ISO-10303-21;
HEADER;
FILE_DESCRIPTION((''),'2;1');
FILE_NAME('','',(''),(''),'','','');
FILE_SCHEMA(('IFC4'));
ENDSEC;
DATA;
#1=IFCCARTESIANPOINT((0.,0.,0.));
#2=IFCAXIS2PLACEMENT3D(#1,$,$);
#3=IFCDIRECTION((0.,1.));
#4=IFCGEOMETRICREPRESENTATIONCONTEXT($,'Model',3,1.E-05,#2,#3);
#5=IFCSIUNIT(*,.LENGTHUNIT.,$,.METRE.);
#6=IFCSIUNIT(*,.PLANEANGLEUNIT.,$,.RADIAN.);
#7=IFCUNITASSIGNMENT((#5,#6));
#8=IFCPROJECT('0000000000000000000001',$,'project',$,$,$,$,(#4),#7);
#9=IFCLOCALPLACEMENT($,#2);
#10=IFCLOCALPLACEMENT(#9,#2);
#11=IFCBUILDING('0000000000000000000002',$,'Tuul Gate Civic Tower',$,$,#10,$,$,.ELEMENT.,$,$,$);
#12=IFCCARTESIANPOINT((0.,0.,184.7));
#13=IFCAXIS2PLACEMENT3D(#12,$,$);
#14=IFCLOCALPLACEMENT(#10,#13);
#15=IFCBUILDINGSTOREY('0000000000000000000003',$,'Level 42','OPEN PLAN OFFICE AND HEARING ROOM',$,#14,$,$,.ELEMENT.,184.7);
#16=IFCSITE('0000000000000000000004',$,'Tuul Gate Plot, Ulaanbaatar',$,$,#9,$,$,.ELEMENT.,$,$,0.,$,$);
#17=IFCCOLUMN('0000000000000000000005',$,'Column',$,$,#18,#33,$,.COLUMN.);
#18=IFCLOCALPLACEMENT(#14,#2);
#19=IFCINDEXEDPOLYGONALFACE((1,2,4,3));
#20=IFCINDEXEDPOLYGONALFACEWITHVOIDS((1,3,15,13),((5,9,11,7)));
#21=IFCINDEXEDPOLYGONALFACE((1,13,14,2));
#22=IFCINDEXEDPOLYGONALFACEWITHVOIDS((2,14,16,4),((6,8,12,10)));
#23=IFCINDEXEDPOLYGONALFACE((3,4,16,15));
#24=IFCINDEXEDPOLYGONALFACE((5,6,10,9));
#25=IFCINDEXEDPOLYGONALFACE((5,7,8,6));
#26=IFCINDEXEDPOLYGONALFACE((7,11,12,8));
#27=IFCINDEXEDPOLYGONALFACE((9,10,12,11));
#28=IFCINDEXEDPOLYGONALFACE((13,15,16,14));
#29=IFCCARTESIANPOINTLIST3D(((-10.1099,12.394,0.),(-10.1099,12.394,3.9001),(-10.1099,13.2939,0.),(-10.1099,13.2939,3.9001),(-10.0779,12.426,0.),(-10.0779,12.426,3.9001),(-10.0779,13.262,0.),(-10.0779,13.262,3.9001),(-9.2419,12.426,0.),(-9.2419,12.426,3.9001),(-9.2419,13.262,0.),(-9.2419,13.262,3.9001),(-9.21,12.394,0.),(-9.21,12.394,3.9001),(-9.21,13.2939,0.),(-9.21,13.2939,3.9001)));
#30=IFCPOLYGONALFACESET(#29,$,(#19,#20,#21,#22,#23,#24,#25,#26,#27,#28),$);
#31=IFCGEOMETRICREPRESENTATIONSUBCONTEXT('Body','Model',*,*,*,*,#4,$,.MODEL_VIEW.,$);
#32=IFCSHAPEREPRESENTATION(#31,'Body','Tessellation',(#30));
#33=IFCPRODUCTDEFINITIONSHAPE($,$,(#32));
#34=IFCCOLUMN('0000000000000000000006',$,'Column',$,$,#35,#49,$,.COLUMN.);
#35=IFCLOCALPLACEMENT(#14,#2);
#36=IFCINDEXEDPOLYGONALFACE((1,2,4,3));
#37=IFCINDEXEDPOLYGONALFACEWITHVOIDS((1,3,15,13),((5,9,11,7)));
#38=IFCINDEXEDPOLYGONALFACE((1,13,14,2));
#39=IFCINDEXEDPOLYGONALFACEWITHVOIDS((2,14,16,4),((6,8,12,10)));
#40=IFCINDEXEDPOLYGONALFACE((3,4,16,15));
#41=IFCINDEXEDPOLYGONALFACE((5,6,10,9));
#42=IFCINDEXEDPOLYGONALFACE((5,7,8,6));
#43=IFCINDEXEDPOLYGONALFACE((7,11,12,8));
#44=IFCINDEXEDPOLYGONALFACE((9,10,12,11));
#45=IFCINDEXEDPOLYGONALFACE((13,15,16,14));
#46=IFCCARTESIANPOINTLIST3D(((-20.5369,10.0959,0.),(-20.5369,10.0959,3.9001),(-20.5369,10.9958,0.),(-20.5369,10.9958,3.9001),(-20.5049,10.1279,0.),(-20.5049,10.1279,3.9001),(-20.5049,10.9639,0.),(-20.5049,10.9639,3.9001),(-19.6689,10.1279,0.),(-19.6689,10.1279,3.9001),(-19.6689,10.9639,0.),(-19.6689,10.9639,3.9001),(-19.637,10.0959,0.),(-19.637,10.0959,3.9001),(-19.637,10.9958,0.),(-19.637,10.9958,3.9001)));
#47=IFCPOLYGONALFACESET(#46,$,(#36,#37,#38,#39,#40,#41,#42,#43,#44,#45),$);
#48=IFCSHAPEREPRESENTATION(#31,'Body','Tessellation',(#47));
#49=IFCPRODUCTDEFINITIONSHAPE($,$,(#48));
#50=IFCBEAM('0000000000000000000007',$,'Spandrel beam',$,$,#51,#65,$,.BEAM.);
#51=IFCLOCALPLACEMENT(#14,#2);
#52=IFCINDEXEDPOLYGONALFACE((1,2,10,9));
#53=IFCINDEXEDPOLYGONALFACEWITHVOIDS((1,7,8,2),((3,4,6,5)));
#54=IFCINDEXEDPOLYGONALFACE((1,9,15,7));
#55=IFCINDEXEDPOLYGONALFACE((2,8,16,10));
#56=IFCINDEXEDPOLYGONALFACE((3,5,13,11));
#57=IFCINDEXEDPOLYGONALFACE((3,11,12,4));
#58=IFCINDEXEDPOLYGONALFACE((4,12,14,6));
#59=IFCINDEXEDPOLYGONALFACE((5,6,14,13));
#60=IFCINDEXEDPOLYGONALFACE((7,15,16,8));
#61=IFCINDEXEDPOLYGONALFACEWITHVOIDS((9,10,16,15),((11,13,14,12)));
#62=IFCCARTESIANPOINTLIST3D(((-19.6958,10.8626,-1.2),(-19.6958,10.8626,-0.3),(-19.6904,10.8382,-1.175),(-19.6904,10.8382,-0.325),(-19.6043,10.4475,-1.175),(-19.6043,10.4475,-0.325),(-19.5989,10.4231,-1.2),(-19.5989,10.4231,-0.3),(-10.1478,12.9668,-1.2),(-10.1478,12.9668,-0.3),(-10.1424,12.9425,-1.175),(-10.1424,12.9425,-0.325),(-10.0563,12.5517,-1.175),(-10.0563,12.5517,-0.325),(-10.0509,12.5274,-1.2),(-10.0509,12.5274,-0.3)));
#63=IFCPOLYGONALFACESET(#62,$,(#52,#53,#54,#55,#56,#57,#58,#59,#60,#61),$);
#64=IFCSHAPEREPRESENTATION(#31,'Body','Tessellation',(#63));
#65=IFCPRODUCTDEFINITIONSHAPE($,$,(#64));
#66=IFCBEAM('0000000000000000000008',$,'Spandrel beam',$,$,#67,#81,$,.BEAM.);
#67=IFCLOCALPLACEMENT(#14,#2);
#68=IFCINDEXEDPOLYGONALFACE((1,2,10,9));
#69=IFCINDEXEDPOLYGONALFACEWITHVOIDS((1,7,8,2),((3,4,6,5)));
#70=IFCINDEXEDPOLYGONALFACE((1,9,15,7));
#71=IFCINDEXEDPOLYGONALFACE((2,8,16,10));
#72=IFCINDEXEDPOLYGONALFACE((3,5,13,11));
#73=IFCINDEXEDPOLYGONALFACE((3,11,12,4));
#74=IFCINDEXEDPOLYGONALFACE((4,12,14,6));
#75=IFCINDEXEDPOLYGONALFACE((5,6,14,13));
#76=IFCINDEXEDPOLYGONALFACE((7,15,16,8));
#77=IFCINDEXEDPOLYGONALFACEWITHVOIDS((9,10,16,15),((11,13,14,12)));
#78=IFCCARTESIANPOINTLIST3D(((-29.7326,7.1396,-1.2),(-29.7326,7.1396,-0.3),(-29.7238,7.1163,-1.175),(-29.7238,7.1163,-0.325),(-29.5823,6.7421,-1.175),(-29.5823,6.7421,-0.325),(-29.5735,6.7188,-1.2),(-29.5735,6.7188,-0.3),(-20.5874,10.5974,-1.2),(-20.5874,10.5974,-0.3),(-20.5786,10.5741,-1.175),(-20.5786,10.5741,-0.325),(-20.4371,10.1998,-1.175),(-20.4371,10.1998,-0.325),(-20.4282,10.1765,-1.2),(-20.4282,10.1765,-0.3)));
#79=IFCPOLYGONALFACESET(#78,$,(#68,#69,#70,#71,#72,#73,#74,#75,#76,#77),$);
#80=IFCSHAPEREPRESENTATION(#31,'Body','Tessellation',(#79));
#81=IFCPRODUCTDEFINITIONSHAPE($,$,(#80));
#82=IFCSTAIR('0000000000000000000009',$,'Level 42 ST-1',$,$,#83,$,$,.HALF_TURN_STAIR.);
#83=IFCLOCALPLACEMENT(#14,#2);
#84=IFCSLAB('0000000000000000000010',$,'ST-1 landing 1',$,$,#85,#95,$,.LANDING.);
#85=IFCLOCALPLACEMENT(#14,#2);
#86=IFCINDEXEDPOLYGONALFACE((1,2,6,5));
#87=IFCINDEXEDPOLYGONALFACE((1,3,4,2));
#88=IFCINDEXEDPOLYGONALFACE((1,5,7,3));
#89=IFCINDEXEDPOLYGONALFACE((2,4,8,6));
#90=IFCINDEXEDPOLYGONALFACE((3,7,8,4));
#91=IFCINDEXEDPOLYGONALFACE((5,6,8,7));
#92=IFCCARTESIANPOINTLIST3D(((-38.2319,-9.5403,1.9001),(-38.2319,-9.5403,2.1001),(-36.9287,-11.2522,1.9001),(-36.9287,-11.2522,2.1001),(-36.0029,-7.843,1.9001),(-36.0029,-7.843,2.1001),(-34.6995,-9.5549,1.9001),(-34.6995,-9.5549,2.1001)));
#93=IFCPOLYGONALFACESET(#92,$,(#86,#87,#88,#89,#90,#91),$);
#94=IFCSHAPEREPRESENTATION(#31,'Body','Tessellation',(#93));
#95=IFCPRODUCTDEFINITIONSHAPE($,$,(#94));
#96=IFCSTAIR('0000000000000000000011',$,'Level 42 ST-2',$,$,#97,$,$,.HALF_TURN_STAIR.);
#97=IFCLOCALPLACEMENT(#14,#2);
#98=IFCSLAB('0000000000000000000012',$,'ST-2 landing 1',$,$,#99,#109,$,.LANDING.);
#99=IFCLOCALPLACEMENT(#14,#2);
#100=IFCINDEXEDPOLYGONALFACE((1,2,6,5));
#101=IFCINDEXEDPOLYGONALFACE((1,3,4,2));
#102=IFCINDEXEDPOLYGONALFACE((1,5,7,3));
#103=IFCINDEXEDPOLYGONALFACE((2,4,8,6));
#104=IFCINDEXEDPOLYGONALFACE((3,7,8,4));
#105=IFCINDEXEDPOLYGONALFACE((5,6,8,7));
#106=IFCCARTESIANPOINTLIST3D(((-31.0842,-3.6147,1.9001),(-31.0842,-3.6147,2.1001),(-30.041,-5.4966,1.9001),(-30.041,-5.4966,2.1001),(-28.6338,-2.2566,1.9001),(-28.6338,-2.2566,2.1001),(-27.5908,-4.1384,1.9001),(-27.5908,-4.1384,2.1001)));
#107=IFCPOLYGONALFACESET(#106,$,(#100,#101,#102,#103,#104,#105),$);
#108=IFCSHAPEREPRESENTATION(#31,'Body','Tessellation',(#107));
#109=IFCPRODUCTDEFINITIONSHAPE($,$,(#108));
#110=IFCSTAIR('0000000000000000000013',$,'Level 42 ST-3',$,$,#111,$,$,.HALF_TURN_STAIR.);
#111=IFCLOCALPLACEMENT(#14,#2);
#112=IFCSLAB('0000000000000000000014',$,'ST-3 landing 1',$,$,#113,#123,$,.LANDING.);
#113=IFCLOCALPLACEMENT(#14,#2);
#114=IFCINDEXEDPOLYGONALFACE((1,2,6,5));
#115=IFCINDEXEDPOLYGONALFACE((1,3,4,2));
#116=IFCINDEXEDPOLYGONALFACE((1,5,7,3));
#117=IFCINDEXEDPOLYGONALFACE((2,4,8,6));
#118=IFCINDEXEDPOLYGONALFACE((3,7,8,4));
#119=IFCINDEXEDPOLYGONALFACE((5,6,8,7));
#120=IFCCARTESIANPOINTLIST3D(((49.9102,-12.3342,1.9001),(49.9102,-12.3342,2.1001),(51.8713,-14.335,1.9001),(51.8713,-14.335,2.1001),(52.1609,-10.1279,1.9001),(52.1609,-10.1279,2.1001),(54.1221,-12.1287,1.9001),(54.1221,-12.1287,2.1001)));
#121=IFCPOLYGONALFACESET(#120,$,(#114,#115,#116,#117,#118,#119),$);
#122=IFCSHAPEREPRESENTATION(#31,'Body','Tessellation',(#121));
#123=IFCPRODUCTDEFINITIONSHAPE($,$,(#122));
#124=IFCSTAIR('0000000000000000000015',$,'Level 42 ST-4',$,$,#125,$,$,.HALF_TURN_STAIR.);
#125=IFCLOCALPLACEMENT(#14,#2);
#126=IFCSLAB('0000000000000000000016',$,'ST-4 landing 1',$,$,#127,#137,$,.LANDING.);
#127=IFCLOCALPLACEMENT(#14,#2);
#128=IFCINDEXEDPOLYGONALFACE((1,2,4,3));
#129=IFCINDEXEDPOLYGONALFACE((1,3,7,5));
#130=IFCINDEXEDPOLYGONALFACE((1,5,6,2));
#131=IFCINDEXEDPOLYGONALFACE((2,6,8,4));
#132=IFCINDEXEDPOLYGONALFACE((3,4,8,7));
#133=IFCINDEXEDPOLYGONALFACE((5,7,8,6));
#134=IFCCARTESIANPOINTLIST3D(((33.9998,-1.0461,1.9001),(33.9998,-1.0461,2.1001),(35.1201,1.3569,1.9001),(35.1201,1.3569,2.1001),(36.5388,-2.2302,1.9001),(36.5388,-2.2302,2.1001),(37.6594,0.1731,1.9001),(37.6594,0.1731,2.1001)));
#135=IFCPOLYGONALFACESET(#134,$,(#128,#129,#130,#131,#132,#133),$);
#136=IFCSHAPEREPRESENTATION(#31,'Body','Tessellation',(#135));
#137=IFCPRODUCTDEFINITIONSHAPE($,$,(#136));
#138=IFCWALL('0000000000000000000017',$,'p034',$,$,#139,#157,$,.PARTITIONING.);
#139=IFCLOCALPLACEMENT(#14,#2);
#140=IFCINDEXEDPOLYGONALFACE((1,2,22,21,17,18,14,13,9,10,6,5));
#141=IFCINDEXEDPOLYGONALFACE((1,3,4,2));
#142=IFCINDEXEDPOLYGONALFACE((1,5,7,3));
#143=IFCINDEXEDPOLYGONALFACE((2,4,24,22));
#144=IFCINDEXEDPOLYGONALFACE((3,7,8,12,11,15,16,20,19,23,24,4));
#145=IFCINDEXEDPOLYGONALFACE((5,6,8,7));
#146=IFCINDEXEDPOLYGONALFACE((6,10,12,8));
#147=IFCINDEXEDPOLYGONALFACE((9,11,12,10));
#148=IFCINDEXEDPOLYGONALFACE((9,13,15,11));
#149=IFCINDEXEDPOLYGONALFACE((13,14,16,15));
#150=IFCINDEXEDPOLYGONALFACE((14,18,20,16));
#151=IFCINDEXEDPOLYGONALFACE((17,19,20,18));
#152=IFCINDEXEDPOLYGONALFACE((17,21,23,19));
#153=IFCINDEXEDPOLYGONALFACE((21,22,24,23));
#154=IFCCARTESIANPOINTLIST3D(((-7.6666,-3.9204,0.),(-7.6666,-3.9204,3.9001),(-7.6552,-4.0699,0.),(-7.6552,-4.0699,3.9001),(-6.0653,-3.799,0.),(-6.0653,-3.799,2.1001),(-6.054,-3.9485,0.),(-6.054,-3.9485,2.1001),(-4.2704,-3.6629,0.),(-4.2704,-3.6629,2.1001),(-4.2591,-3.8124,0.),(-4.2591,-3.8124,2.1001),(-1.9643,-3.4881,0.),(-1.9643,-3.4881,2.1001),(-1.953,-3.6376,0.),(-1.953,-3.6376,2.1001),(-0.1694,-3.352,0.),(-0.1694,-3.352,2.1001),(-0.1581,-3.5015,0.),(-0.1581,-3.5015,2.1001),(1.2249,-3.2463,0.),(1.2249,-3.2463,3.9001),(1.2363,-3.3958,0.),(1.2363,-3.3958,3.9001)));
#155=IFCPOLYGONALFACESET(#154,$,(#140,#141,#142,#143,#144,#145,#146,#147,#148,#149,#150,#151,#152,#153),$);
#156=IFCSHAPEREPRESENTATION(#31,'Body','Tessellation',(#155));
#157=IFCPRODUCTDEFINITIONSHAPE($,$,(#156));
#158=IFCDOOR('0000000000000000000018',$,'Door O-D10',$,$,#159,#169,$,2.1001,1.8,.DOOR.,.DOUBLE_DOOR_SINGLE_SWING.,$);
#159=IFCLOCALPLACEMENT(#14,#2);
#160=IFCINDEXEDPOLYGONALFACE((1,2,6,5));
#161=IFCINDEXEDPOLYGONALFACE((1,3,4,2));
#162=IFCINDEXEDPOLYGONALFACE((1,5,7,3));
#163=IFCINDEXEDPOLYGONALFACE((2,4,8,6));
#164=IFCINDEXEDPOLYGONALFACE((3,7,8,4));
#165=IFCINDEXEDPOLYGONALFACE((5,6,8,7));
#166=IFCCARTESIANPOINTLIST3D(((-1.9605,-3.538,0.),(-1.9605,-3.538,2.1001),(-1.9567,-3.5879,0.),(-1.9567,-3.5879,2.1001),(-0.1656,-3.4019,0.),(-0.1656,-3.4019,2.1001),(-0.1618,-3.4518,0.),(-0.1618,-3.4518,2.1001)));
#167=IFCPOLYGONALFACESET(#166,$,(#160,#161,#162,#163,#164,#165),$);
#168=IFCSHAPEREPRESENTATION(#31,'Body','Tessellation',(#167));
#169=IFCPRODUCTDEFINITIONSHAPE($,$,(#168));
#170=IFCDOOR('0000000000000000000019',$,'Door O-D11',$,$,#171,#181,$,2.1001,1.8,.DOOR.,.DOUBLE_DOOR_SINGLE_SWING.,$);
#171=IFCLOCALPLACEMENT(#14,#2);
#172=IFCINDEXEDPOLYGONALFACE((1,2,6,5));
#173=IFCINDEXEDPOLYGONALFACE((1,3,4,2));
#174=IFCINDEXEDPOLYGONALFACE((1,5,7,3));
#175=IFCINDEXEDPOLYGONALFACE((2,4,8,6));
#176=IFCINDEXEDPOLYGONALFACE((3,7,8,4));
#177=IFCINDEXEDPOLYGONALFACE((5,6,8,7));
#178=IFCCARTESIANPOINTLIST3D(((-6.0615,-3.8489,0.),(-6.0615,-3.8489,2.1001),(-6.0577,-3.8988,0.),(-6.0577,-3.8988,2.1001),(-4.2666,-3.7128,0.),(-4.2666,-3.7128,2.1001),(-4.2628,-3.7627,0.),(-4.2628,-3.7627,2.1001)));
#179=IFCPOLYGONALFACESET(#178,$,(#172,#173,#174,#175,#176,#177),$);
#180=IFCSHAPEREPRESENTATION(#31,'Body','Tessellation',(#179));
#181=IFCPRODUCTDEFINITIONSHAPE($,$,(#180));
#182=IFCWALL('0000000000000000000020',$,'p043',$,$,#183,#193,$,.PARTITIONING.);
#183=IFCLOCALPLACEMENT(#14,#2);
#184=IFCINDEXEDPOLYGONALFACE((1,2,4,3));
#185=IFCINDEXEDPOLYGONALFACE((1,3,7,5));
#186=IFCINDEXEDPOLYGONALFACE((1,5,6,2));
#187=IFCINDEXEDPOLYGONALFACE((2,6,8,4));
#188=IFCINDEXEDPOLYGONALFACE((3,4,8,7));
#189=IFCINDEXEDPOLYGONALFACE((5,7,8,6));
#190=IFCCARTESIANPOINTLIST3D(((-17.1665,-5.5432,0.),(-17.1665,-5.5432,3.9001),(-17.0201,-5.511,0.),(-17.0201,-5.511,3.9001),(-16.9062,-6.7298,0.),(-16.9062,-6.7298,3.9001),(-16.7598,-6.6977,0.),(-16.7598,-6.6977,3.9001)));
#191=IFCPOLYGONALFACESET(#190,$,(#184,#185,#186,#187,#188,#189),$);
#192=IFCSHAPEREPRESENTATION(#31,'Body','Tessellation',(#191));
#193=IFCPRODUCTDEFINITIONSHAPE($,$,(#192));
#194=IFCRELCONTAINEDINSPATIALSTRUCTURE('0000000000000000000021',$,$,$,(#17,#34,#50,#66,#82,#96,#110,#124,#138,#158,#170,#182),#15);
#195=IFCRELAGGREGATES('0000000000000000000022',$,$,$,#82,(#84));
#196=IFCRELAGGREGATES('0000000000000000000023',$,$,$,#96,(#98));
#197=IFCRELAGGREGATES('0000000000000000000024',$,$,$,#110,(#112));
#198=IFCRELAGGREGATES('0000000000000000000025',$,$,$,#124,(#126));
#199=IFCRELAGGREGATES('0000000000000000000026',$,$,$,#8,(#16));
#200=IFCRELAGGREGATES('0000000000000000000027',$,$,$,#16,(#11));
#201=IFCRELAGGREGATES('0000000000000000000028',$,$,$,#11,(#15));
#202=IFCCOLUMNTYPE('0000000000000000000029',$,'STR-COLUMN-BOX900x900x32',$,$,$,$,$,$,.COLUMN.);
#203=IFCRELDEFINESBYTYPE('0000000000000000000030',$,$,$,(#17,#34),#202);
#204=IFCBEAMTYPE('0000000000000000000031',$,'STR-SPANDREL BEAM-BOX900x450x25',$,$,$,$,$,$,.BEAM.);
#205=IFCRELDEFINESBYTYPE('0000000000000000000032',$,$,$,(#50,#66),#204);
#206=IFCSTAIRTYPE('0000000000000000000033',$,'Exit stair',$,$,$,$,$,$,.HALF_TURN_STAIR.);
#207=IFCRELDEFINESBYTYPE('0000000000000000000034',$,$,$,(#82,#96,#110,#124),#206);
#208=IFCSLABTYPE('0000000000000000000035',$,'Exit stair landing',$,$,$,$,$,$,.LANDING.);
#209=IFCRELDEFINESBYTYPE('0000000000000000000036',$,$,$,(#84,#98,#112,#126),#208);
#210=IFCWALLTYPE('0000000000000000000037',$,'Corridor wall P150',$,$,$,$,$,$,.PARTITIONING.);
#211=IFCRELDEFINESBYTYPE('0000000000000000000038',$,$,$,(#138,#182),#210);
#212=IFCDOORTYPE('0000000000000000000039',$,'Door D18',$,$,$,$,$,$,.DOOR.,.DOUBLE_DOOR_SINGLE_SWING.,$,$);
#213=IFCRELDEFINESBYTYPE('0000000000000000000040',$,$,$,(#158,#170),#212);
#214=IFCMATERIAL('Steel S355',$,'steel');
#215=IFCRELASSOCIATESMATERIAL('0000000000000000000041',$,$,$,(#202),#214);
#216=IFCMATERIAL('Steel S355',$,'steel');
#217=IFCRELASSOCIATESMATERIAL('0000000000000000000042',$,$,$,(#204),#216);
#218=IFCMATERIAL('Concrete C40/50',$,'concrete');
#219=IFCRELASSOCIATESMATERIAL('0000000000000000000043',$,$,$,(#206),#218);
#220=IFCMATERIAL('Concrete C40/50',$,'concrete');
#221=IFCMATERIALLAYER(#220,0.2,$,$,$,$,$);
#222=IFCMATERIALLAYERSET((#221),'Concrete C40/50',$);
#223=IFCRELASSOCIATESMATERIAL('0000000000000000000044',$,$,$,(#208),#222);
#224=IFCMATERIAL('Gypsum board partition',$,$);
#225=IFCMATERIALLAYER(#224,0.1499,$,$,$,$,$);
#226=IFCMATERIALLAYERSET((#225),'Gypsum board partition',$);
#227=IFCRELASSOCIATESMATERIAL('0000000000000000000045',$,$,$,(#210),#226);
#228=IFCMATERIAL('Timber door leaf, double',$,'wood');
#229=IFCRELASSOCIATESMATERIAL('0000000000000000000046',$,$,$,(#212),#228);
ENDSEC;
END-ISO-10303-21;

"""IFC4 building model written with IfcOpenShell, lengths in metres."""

from ifc_helpers import new_model, si_unit, direction, frame, frame_2d, origin, origin_2d, place, context, subcontext, project, spatial, polyline, rectangle, hollow_rectangle, outline, extrude, material, layer, layer_set, material_profile, profile_set, type_object, element, fill, aggregate, save


model = new_model("IFC4")

# Units and contexts
model_context = context("Model", 3, precision=1e-05, world=origin(), true_north=direction((0.0, 1.0)))
body_context = subcontext(model_context, "Body", "Model", "MODEL_VIEW")
ifc_project = project(units=[si_unit("LENGTHUNIT", "METRE"), si_unit("PLANEANGLEUNIT", "RADIAN")], contexts=[model_context])

# Site, building, storey
site_placement = place(None, origin())
site = spatial("IfcSite", under=ifc_project, at=site_placement, Name="Tuul Gate Plot, Ulaanbaatar", CompositionType="ELEMENT", RefElevation=0.0)
building_placement = place(site_placement, origin())
building = spatial("IfcBuilding", under=site, at=building_placement, Name="Tuul Gate Civic Tower", CompositionType="ELEMENT")
storey_placement = place(building_placement, frame((0.0, 0.0, 184.7)))
storey = spatial("IfcBuildingStorey", under=building, at=storey_placement, Name="Level 42", Description="OPEN PLAN OFFICE AND HEARING ROOM", CompositionType="ELEMENT", Elevation=184.7)

# Columns
ifc_material_1 = material(Name="Steel S355", Category="steel")
ifc_material_profile_1 = material_profile(ifc_material_1, hollow_rectangle(XDim=0.8999, YDim=0.8999, WallThickness=0.032, at=origin_2d()), Name="BOX900x900x32")
ifc_profile_set_1 = profile_set([ifc_material_profile_1], Name="Steel S355")
column_type = type_object("IfcColumnType", Name="STR-COLUMN-BOX900x900x32", PredefinedType="COLUMN", material=ifc_profile_set_1)
for number, where, z_axis, x_axis, name in (
    (1, (-9.6599, 12.844, 0.0), (0.0, 0.0, 1.0), (1.0, 0.0, 0.0), "Column"),
    (2, (-20.0869, 10.5459, 0.0), (0.0, 0.0, 1.0), (1.0, 0.0, 0.0), "Column"),
):
    element("IfcColumn", number, at=place(storey_placement, frame(where, z_axis=z_axis, x_axis=x_axis)), inside=storey, type_object=column_type, Name=name, PredefinedType="COLUMN", context=body_context, shape_type="SweptSolid", body=[
        extrude(hollow_rectangle(XDim=0.8999, YDim=0.8999, WallThickness=0.032, at=origin_2d()), origin(), (0.0, 0.0, 1.0), 3.9001),
    ])

# Beams
ifc_material_2 = material(Name="Steel S355", Category="steel")
ifc_material_profile_2 = material_profile(ifc_material_2, hollow_rectangle(XDim=0.45, YDim=0.8999, WallThickness=0.0249, at=origin_2d()), Name="BOX900x450x25")
ifc_profile_set_2 = profile_set([ifc_material_profile_2], Name="Steel S355")
beam_type = type_object("IfcBeamType", Name="STR-SPANDREL BEAM-BOX900x450x25", PredefinedType="BEAM", material=ifc_profile_set_2)
for number, where, z_axis, x_axis, name in (
    (3, (-10.0994, 12.7471, -0.75), (-0.976566, -0.21522, 0.0), (0.21522, -0.976566, 0.0), "Spandrel beam"),
    (4, (-20.5078, 10.387, -0.75), (-0.935374, -0.353659, 0.0), (0.353659, -0.935374, 0.0), "Spandrel beam"),
):
    element("IfcBeam", number, at=place(storey_placement, frame(where, z_axis=z_axis, x_axis=x_axis)), inside=storey, type_object=beam_type, Name=name, PredefinedType="BEAM", context=body_context, shape_type="SweptSolid", body=[
        extrude(hollow_rectangle(XDim=0.45, YDim=0.8999, WallThickness=0.0249, at=origin_2d()), origin(), (0.0, 0.0, 1.0), 9.7771),
    ])

# Stairs, slabs
ifc_material_3 = material(Name="Concrete C40/50", Category="concrete")
stair_type = type_object("IfcStairType", Name="Exit stair", PredefinedType="HALF_TURN_STAIR", material=ifc_material_3)
stair_1_placement = place(storey_placement, origin())
stair_1 = element("IfcStair", 5, at=stair_1_placement, inside=storey, type_object=stair_type, Name="Level 42 ST-1", PredefinedType="HALF_TURN_STAIR")
ifc_material_4 = material(Name="Concrete C40/50", Category="concrete")
ifc_layer_1 = layer(ifc_material_4, 0.2)
ifc_layer_set_1 = layer_set([ifc_layer_1], Name="Concrete C40/50")
slab_type = type_object("IfcSlabType", Name="Exit stair landing", PredefinedType="LANDING", material=ifc_layer_set_1)
slab_1_placement = place(storey_placement, frame((0.0, 0.0, 1.9001)))
slab_1 = element("IfcSlab", 6, at=slab_1_placement, type_object=slab_type, Name="ST-1 landing 1", PredefinedType="LANDING", context=body_context, shape_type="SweptSolid", body=[
    extrude(outline(polyline([(-34.6995, -9.5549), (-36.9287, -11.2522), (-38.2319, -9.5403), (-36.0029, -7.843), (-34.6995, -9.5549)])), origin(), (0.0, 0.0, 1.0), 0.2),
])
aggregate(stair_1, [slab_1])
stair_2_placement = place(storey_placement, origin())
stair_2 = element("IfcStair", 7, at=stair_2_placement, inside=storey, type_object=stair_type, Name="Level 42 ST-2", PredefinedType="HALF_TURN_STAIR")
slab_2_placement = place(storey_placement, frame((0.0, 0.0, 1.9001)))
slab_2 = element("IfcSlab", 8, at=slab_2_placement, type_object=slab_type, Name="ST-2 landing 1", PredefinedType="LANDING", context=body_context, shape_type="SweptSolid", body=[
    extrude(outline(polyline([(-27.5908, -4.1384), (-30.041, -5.4966), (-31.0842, -3.6147), (-28.6338, -2.2566), (-27.5908, -4.1384)])), origin(), (0.0, 0.0, 1.0), 0.2),
])
aggregate(stair_2, [slab_2])
stair_3_placement = place(storey_placement, origin())
stair_3 = element("IfcStair", 9, at=stair_3_placement, inside=storey, type_object=stair_type, Name="Level 42 ST-3", PredefinedType="HALF_TURN_STAIR")
slab_3_placement = place(storey_placement, frame((0.0, 0.0, 1.9001)))
slab_3 = element("IfcSlab", 10, at=slab_3_placement, type_object=slab_type, Name="ST-3 landing 1", PredefinedType="LANDING", context=body_context, shape_type="SweptSolid", body=[
    extrude(outline(polyline([(51.8713, -14.335), (49.9102, -12.3342), (52.1609, -10.1279), (54.1221, -12.1287), (51.8713, -14.335)])), origin(), (0.0, 0.0, 1.0), 0.2),
])
aggregate(stair_3, [slab_3])
stair_4_placement = place(storey_placement, origin())
stair_4 = element("IfcStair", 11, at=stair_4_placement, inside=storey, type_object=stair_type, Name="Level 42 ST-4", PredefinedType="HALF_TURN_STAIR")
slab_4_placement = place(storey_placement, frame((0.0, 0.0, 1.9001)))
slab_4 = element("IfcSlab", 12, at=slab_4_placement, type_object=slab_type, Name="ST-4 landing 1", PredefinedType="LANDING", context=body_context, shape_type="SweptSolid", body=[
    extrude(outline(polyline([(36.5388, -2.2302), (33.9998, -1.0461), (35.1201, 1.3569), (37.6594, 0.1731), (36.5388, -2.2302)])), origin(), (0.0, 0.0, 1.0), 0.2),
])
aggregate(stair_4, [slab_4])

# Wall, openings, doors
ifc_material_5 = material(Name="Gypsum board partition")
ifc_layer_2 = layer(ifc_material_5, 0.1499)
ifc_layer_set_2 = layer_set([ifc_layer_2], Name="Gypsum board partition")
wall_type_1 = type_object("IfcWallType", Name="Corridor wall P150", PredefinedType="PARTITIONING", material=ifc_layer_set_2)
wall_1_placement = place(storey_placement, frame((-7.6609, -3.9951, 0.0), z_axis=(0.0, 0.0, 1.0), x_axis=(0.997139, 0.075595, 0.0)))
wall_1 = element("IfcWall", 13, at=wall_1_placement, inside=storey, type_object=wall_type_1, Name="p034", PredefinedType="PARTITIONING", context=body_context, shape_type="SweptSolid", body=[
    extrude(rectangle(XDim=8.917, YDim=0.1499, at=frame_2d((4.4585, 0.0))), origin(), (0.0, 0.0, 1.0), 3.9001),
])
opening_1_placement = place(wall_1_placement, frame((5.7188, 0.0, 0.0)))
opening_1 = element("IfcOpeningElement", 14, at=opening_1_placement, cuts=wall_1, PredefinedType="OPENING", context=body_context, shape_type="SweptSolid", body=[
    extrude(rectangle(XDim=1.8, YDim=2.1001, at=frame_2d((0.8999, 1.05))), frame((0.0, 0.085, 0.0), z_axis=(0.0, -1.0, 0.0), x_axis=(1.0, 0.0, 0.0)), (0.0, 0.0, 1.0), 0.1699),
])
opening_2_placement = place(wall_1_placement, frame((1.606, 0.0, 0.0)))
opening_2 = element("IfcOpeningElement", 15, at=opening_2_placement, cuts=wall_1, PredefinedType="OPENING", context=body_context, shape_type="SweptSolid", body=[
    extrude(rectangle(XDim=1.8, YDim=2.1001, at=frame_2d((0.8999, 1.05))), frame((0.0, 0.085, 0.0), z_axis=(0.0, -1.0, 0.0), x_axis=(1.0, 0.0, 0.0)), (0.0, 0.0, 1.0), 0.1699),
])
ifc_material_6 = material(Name="Timber door leaf, double", Category="wood")
door_type_1 = type_object("IfcDoorType", Name="Door D18", OperationType="DOUBLE_DOOR_SINGLE_SWING", PredefinedType="DOOR", material=ifc_material_6)
door_1_placement = place(opening_1_placement, origin())
door_1 = element("IfcDoor", 16, at=door_1_placement, inside=storey, type_object=door_type_1, Name="Door O-D10", OperationType="DOUBLE_DOOR_SINGLE_SWING", OverallHeight=2.1001, OverallWidth=1.8, PredefinedType="DOOR", context=body_context, shape_type="SweptSolid", body=[
    extrude(rectangle(XDim=1.8, YDim=2.1001, at=frame_2d((0.8999, 1.05))), frame((0.0, 0.0249, 0.0), z_axis=(0.0, -1.0, 0.0), x_axis=(1.0, 0.0, 0.0)), (0.0, 0.0, 1.0), 0.05),
])
fill(opening_1, door_1)
door_2_placement = place(opening_2_placement, origin())
door_2 = element("IfcDoor", 17, at=door_2_placement, inside=storey, type_object=door_type_1, Name="Door O-D11", OperationType="DOUBLE_DOOR_SINGLE_SWING", OverallHeight=2.1001, OverallWidth=1.8, PredefinedType="DOOR", context=body_context, shape_type="SweptSolid", body=[
    extrude(rectangle(XDim=1.8, YDim=2.1001, at=frame_2d((0.8999, 1.05))), frame((0.0, 0.0249, 0.0), z_axis=(0.0, -1.0, 0.0), x_axis=(1.0, 0.0, 0.0)), (0.0, 0.0, 1.0), 0.05),
])
fill(opening_2, door_2)

# Wall
wall_2_placement = place(storey_placement, frame((-17.0933, -5.5271, 0.0), z_axis=(0.0, 0.0, 1.0), x_axis=(0.214248, -0.976779, 0.0)))
element("IfcWall", 18, at=wall_2_placement, inside=storey, type_object=wall_type_1, Name="p043", PredefinedType="PARTITIONING", context=body_context, shape_type="SweptSolid", body=[
    extrude(rectangle(XDim=1.2148, YDim=0.1499, at=frame_2d((0.6074, 0.0))), origin(), (0.0, 0.0, 1.0), 3.9001),
])

save(model, "model.ifc")
